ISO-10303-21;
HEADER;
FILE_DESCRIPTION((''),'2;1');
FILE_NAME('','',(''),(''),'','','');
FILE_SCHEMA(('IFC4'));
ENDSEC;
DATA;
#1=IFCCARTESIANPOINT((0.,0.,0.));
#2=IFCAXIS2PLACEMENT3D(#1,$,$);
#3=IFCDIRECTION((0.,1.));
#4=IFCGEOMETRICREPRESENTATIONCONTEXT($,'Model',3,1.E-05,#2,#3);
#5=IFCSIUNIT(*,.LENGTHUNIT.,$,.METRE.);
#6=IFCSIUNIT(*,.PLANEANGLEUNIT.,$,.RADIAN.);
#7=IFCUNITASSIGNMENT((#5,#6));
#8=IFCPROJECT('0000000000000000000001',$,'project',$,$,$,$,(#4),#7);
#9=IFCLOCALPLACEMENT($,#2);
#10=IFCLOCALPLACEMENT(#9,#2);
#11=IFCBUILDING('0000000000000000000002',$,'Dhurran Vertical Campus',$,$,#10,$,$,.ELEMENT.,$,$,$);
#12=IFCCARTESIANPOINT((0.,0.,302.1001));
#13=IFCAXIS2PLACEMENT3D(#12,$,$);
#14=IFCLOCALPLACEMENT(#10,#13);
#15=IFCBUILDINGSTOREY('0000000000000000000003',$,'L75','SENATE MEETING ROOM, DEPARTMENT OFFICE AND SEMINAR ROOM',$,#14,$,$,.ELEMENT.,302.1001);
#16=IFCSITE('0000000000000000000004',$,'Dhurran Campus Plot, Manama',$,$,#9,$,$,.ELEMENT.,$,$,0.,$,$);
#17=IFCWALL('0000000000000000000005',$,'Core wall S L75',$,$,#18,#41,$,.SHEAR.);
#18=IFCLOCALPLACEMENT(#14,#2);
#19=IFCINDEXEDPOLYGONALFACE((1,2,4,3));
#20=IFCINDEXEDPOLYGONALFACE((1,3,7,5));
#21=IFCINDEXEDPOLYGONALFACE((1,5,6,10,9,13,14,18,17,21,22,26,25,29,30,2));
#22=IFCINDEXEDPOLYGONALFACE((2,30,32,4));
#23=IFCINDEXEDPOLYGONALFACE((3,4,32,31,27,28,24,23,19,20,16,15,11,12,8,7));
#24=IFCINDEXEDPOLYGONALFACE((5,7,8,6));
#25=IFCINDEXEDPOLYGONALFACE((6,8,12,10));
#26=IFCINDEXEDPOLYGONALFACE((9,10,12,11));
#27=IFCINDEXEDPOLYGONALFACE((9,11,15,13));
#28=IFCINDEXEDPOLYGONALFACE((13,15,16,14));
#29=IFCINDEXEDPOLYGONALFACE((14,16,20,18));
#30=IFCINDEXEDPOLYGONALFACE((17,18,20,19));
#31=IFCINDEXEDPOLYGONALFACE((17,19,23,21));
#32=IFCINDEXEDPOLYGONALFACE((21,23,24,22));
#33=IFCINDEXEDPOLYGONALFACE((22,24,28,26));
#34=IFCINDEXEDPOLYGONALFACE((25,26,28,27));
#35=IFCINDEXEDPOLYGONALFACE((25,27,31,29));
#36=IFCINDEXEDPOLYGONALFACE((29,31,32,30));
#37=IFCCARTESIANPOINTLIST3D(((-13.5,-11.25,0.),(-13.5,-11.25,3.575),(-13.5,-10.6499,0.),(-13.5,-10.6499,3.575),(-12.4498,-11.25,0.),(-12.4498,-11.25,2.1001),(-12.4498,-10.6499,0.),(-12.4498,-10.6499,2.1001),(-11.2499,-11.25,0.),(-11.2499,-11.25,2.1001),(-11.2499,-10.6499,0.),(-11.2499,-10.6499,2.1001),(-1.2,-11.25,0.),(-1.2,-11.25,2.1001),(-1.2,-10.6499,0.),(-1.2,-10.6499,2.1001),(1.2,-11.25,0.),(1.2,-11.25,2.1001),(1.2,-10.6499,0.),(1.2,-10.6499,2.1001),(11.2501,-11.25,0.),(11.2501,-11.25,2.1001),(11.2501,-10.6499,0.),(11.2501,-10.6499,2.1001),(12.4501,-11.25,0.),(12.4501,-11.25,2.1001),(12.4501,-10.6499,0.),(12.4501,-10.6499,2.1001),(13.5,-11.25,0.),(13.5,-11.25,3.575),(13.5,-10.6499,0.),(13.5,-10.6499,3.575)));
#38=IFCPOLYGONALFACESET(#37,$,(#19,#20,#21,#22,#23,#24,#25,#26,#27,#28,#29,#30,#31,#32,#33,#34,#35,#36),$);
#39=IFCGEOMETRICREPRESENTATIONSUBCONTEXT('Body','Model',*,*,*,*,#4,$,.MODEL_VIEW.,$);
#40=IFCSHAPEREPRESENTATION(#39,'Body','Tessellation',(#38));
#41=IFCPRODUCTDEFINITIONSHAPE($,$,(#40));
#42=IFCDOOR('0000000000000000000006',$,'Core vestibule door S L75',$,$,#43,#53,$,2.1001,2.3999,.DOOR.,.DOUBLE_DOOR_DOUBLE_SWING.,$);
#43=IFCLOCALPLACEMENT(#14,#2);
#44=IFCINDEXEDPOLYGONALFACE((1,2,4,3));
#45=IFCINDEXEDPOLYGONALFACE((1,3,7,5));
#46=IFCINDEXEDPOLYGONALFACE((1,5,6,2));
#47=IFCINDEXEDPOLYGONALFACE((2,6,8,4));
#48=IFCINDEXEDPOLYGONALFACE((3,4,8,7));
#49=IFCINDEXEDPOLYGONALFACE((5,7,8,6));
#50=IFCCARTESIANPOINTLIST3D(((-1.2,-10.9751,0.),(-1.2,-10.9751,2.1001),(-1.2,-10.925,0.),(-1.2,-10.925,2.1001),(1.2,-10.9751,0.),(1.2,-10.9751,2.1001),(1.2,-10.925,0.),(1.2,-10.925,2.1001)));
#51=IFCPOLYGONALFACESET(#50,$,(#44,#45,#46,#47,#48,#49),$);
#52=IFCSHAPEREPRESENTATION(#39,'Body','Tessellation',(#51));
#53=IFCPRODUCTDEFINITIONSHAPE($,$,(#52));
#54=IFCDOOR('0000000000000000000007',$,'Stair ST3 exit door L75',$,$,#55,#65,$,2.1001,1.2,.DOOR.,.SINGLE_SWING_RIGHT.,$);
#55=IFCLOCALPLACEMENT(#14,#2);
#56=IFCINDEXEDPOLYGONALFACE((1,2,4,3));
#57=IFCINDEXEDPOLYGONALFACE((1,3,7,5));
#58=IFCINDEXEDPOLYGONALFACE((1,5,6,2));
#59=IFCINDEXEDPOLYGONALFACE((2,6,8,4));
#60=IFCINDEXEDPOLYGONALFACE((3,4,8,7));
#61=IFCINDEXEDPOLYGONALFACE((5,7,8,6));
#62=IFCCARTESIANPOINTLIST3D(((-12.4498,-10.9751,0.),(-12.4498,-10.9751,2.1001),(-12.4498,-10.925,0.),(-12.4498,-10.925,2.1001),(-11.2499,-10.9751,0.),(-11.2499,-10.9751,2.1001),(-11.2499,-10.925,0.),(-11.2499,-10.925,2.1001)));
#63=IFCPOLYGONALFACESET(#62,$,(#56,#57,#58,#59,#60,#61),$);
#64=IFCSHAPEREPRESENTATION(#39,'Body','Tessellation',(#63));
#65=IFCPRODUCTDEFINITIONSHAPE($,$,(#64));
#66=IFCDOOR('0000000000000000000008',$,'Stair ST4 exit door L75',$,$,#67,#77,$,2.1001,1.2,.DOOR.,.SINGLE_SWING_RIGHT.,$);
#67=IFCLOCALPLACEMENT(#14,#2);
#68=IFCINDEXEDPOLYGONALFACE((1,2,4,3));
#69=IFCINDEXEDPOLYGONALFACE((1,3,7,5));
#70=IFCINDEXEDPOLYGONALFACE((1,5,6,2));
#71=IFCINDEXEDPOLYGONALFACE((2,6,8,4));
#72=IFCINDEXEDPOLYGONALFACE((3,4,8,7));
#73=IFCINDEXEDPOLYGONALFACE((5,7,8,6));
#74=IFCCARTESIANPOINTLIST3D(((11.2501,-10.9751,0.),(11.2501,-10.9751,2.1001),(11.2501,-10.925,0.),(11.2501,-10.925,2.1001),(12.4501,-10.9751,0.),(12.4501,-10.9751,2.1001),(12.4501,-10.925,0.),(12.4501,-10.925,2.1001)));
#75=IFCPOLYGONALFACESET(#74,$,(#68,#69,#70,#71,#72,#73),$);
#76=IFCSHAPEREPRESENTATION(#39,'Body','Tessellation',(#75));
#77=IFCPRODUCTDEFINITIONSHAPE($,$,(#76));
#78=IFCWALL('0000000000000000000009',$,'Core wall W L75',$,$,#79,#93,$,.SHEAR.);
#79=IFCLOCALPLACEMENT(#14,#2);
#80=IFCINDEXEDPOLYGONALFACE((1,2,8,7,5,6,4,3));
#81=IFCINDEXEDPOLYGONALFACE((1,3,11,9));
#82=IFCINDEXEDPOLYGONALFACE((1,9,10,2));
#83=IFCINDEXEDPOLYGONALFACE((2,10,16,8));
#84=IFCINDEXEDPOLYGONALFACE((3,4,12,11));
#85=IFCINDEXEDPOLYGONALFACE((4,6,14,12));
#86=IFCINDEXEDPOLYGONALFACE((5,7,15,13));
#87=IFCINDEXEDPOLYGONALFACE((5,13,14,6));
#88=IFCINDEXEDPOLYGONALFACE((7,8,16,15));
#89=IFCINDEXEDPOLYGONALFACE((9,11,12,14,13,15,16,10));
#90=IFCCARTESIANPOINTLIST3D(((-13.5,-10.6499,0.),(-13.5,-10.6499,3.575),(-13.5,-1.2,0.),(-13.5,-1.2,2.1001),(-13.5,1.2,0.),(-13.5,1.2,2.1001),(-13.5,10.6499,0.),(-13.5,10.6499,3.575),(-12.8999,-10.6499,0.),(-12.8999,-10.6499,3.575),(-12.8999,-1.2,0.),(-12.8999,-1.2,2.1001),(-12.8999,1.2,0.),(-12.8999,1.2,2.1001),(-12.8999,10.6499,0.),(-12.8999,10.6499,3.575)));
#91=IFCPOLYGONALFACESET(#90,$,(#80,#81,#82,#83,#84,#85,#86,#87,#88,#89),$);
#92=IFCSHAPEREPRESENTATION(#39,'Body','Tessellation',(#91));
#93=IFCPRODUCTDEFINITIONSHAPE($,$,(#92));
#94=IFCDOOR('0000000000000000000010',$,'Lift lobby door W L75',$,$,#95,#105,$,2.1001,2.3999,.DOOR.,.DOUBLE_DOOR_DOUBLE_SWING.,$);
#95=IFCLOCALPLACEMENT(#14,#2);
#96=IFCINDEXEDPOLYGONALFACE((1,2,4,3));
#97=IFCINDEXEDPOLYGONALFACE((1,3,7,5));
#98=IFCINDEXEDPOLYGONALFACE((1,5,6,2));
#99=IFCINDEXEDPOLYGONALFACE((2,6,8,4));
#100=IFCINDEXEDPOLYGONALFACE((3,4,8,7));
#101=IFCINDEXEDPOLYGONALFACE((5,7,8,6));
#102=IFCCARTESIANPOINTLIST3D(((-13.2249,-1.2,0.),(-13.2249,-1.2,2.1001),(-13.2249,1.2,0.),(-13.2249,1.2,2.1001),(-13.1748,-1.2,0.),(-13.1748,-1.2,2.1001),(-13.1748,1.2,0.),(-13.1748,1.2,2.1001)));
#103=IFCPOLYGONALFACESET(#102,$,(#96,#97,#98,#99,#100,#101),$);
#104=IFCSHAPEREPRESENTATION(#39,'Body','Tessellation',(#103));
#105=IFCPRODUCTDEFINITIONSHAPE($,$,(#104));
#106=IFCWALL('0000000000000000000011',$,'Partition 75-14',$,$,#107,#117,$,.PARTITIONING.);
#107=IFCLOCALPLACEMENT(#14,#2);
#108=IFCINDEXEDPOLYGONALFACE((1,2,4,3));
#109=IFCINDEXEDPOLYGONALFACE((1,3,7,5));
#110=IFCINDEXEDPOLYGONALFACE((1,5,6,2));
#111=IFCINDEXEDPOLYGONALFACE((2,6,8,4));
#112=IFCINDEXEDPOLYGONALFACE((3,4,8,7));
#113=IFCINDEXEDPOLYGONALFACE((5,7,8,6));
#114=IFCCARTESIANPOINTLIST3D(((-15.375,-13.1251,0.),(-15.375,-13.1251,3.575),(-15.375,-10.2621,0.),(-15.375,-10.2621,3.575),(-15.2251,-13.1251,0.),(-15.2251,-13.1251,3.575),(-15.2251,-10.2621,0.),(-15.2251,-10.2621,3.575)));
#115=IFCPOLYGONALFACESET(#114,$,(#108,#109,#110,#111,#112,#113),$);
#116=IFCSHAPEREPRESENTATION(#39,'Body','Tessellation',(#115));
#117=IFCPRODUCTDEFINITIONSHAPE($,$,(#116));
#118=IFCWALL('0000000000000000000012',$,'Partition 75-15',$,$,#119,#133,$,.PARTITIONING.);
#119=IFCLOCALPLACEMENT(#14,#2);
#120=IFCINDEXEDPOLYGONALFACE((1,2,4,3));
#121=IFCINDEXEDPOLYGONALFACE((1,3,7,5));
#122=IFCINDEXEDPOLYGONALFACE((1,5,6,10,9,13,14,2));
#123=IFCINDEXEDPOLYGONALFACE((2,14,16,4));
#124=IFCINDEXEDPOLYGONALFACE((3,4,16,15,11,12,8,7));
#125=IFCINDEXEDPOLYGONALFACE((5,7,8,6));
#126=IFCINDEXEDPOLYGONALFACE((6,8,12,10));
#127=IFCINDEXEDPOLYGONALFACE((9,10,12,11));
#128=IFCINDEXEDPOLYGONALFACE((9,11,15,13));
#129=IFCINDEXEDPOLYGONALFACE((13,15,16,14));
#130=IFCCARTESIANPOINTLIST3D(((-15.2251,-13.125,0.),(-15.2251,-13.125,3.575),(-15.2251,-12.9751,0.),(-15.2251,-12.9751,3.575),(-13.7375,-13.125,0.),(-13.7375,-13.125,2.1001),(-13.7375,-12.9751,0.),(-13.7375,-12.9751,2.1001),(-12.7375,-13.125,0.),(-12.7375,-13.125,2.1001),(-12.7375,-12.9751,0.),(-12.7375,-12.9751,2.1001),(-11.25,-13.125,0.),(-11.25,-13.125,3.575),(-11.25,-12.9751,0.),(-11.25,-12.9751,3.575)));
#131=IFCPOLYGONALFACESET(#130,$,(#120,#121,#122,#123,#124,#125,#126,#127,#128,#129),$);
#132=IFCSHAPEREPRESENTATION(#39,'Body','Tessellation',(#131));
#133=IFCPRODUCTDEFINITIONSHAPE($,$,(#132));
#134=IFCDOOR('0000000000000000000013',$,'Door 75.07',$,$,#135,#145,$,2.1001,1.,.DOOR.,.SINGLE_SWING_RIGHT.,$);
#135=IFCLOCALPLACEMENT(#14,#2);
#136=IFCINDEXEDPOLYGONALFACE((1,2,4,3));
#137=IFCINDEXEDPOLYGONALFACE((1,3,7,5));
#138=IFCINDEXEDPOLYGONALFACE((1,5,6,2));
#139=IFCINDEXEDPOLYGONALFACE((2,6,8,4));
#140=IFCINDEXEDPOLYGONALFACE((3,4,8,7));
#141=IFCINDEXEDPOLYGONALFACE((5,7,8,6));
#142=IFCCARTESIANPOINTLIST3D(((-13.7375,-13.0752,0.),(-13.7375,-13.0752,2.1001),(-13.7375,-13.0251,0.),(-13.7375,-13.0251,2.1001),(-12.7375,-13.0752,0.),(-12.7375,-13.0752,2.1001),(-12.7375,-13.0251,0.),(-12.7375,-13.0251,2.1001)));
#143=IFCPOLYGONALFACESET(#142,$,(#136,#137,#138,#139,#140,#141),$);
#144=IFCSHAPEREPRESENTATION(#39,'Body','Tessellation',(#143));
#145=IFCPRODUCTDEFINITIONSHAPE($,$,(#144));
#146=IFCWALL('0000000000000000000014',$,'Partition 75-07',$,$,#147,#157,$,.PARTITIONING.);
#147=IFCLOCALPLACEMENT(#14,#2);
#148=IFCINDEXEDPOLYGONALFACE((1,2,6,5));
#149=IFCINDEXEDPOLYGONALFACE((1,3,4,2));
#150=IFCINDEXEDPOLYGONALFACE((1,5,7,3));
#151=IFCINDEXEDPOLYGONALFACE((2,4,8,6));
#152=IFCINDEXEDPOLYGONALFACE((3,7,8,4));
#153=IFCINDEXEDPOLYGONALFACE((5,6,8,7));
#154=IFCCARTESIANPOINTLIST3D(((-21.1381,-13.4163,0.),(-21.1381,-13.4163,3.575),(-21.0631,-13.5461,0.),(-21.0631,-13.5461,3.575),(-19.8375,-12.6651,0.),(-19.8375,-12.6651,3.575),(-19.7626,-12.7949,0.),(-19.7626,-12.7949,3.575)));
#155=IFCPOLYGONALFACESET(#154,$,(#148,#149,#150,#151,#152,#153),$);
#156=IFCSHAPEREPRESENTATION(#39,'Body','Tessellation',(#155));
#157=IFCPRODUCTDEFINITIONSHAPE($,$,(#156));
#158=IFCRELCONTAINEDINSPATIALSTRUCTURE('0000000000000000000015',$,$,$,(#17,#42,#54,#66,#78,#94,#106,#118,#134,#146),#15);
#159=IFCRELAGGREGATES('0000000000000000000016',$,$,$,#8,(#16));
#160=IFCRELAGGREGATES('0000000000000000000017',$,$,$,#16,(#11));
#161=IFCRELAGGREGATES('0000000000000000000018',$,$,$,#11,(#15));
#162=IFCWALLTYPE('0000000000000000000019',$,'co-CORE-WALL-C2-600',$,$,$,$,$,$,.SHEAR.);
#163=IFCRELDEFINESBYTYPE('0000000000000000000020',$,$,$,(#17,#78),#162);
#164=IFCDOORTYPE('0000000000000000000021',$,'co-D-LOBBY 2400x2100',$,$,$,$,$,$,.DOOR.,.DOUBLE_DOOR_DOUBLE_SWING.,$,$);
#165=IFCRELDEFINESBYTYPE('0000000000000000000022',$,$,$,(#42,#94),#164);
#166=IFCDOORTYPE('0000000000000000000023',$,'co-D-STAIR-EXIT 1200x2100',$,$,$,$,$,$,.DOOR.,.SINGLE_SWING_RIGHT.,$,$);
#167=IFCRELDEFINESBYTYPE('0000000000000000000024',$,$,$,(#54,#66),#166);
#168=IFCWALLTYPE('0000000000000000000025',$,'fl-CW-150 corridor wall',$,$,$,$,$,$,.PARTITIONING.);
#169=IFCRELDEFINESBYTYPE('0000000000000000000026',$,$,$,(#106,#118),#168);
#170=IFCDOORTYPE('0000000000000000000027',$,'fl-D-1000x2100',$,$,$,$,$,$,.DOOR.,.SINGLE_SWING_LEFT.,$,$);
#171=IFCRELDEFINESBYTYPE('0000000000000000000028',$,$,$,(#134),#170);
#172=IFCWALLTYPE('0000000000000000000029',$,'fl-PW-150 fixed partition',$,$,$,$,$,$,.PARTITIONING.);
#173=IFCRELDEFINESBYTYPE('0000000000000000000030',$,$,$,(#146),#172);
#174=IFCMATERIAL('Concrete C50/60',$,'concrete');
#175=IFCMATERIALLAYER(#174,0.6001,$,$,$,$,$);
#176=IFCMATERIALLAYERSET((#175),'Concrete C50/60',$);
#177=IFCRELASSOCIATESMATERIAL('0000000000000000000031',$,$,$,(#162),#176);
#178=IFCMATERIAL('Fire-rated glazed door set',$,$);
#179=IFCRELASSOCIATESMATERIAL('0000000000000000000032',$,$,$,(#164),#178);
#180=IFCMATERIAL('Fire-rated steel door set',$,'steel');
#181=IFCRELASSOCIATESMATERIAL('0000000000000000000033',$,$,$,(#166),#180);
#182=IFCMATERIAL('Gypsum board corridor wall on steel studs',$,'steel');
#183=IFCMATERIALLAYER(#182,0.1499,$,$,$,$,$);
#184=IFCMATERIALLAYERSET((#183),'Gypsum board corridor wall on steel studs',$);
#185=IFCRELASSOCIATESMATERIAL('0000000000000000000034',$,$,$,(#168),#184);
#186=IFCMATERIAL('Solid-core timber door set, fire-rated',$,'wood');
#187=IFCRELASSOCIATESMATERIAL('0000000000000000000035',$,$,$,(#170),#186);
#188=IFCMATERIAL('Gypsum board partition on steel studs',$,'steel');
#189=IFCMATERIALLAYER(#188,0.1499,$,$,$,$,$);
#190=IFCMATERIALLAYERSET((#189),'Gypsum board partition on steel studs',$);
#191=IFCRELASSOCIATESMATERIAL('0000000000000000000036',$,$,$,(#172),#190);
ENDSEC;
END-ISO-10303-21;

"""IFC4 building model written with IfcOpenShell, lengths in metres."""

from ifc_helpers import new_model, si_unit, direction, frame, frame_2d, origin, place, context, subcontext, project, spatial, rectangle, extrude, material, layer, layer_set, type_object, element, fill, save


model = new_model("IFC4")

# Units and contexts
model_context = context("Model", 3, precision=1e-05, world=origin(), true_north=direction((0.0, 1.0)))
body_context = subcontext(model_context, "Body", "Model", "MODEL_VIEW")
ifc_project = project(units=[si_unit("LENGTHUNIT", "METRE"), si_unit("PLANEANGLEUNIT", "RADIAN")], contexts=[model_context])

# Site, building, storey
site_placement = place(None, origin())
site = spatial("IfcSite", under=ifc_project, at=site_placement, Name="Dhurran Campus Plot, Manama", CompositionType="ELEMENT", RefElevation=0.0)
building_placement = place(site_placement, origin())
building = spatial("IfcBuilding", under=site, at=building_placement, Name="Dhurran Vertical Campus", CompositionType="ELEMENT")
storey_placement = place(building_placement, frame((0.0, 0.0, 302.1001)))
storey = spatial("IfcBuildingStorey", under=building, at=storey_placement, Name="L75", Description="SENATE MEETING ROOM, DEPARTMENT OFFICE AND SEMINAR ROOM", CompositionType="ELEMENT", Elevation=302.1001)

# Wall, openings, doors
ifc_material_1 = material(Name="Concrete C50/60", Category="concrete")
ifc_layer_1 = layer(ifc_material_1, 0.6001)
ifc_layer_set_1 = layer_set([ifc_layer_1], Name="Concrete C50/60")
wall_type_1 = type_object("IfcWallType", Name="co-CORE-WALL-C2-600", PredefinedType="SHEAR", material=ifc_layer_set_1)
wall_1_placement = place(storey_placement, frame((-13.5, -10.95, 0.0), z_axis=(0.0, 0.0, 1.0), x_axis=(1.0, 0.0, 0.0)))
wall_1 = element("IfcWall", 1, at=wall_1_placement, inside=storey, type_object=wall_type_1, Name="Core wall S L75", PredefinedType="SHEAR", context=body_context, shape_type="SweptSolid", body=[
    extrude(rectangle(XDim=27.0, YDim=0.6001, at=frame_2d((13.5, 0.0))), origin(), (0.0, 0.0, 1.0), 3.575),
])
opening_1_placement = place(wall_1_placement, frame((12.3, 0.0, 0.0)))
opening_1 = element("IfcOpeningElement", 2, at=opening_1_placement, cuts=wall_1, PredefinedType="OPENING", context=body_context, shape_type="SweptSolid", body=[
    extrude(rectangle(XDim=2.3999, YDim=2.1001, at=frame_2d((1.2, 1.05))), frame((0.0, 0.3101, 0.0), z_axis=(0.0, -1.0, 0.0), x_axis=(1.0, 0.0, 0.0)), (0.0, 0.0, 1.0), 0.6201),
])
opening_2_placement = place(wall_1_placement, frame((1.05, 0.0, 0.0)))
opening_2 = element("IfcOpeningElement", 3, at=opening_2_placement, cuts=wall_1, PredefinedType="OPENING", context=body_context, shape_type="SweptSolid", body=[
    extrude(rectangle(XDim=1.2, YDim=2.1001, at=frame_2d((0.6001, 1.05))), frame((0.0, 0.3101, 0.0), z_axis=(0.0, -1.0, 0.0), x_axis=(1.0, 0.0, 0.0)), (0.0, 0.0, 1.0), 0.6201),
])
opening_3_placement = place(wall_1_placement, frame((24.75, 0.0, 0.0)))
opening_3 = element("IfcOpeningElement", 4, at=opening_3_placement, cuts=wall_1, PredefinedType="OPENING", context=body_context, shape_type="SweptSolid", body=[
    extrude(rectangle(XDim=1.2, YDim=2.1001, at=frame_2d((0.6001, 1.05))), frame((0.0, 0.3101, 0.0), z_axis=(0.0, -1.0, 0.0), x_axis=(1.0, 0.0, 0.0)), (0.0, 0.0, 1.0), 0.6201),
])
ifc_material_2 = material(Name="Fire-rated glazed door set")
door_type_1 = type_object("IfcDoorType", Name="co-D-LOBBY 2400x2100", OperationType="DOUBLE_DOOR_DOUBLE_SWING", PredefinedType="DOOR", material=ifc_material_2)
door_1_placement = place(opening_1_placement, origin())
door_1 = element("IfcDoor", 5, at=door_1_placement, inside=storey, type_object=door_type_1, Name="Core vestibule door S L75", OperationType="DOUBLE_DOOR_DOUBLE_SWING", OverallHeight=2.1001, OverallWidth=2.3999, PredefinedType="DOOR", context=body_context, shape_type="SweptSolid", body=[
    extrude(rectangle(XDim=2.3999, YDim=2.1001, at=frame_2d((1.2, 1.05))), frame((0.0, 0.0249, 0.0), z_axis=(0.0, -1.0, 0.0), x_axis=(1.0, 0.0, 0.0)), (0.0, 0.0, 1.0), 0.05),
])
fill(opening_1, door_1)
ifc_material_3 = material(Name="Fire-rated steel door set", Category="steel")
door_type_2 = type_object("IfcDoorType", Name="co-D-STAIR-EXIT 1200x2100", OperationType="SINGLE_SWING_RIGHT", PredefinedType="DOOR", material=ifc_material_3)
door_2_placement = place(opening_2_placement, origin())
door_2 = element("IfcDoor", 6, at=door_2_placement, inside=storey, type_object=door_type_2, Name="Stair ST3 exit door L75", OperationType="SINGLE_SWING_RIGHT", OverallHeight=2.1001, OverallWidth=1.2, PredefinedType="DOOR", context=body_context, shape_type="SweptSolid", body=[
    extrude(rectangle(XDim=1.2, YDim=2.1001, at=frame_2d((0.6001, 1.05))), frame((0.0, 0.0249, 0.0), z_axis=(0.0, -1.0, 0.0), x_axis=(1.0, 0.0, 0.0)), (0.0, 0.0, 1.0), 0.05),
])
fill(opening_2, door_2)
door_3_placement = place(opening_3_placement, origin())
door_3 = element("IfcDoor", 7, at=door_3_placement, inside=storey, type_object=door_type_2, Name="Stair ST4 exit door L75", OperationType="SINGLE_SWING_RIGHT", OverallHeight=2.1001, OverallWidth=1.2, PredefinedType="DOOR", context=body_context, shape_type="SweptSolid", body=[
    extrude(rectangle(XDim=1.2, YDim=2.1001, at=frame_2d((0.6001, 1.05))), frame((0.0, 0.0249, 0.0), z_axis=(0.0, -1.0, 0.0), x_axis=(1.0, 0.0, 0.0)), (0.0, 0.0, 1.0), 0.05),
])
fill(opening_3, door_3)

# Wall, opening, door
wall_2_placement = place(storey_placement, frame((-13.2, -10.6499, 0.0), z_axis=(0.0, 0.0, 1.0), x_axis=(0.0, 1.0, 0.0)))
wall_2 = element("IfcWall", 8, at=wall_2_placement, inside=storey, type_object=wall_type_1, Name="Core wall W L75", PredefinedType="SHEAR", context=body_context, shape_type="SweptSolid", body=[
    extrude(rectangle(XDim=21.2998, YDim=0.6001, at=frame_2d((10.6499, 0.0))), origin(), (0.0, 0.0, 1.0), 3.575),
])
opening_4_placement = place(wall_2_placement, frame((9.45, 0.0, 0.0)))
opening_4 = element("IfcOpeningElement", 9, at=opening_4_placement, cuts=wall_2, PredefinedType="OPENING", context=body_context, shape_type="SweptSolid", body=[
    extrude(rectangle(XDim=2.3999, YDim=2.1001, at=frame_2d((1.2, 1.05))), frame((0.0, 0.3101, 0.0), z_axis=(0.0, -1.0, 0.0), x_axis=(1.0, 0.0, 0.0)), (0.0, 0.0, 1.0), 0.6201),
])
door_4_placement = place(opening_4_placement, origin())
door_4 = element("IfcDoor", 10, at=door_4_placement, inside=storey, type_object=door_type_1, Name="Lift lobby door W L75", OperationType="DOUBLE_DOOR_DOUBLE_SWING", OverallHeight=2.1001, OverallWidth=2.3999, PredefinedType="DOOR", context=body_context, shape_type="SweptSolid", body=[
    extrude(rectangle(XDim=2.3999, YDim=2.1001, at=frame_2d((1.2, 1.05))), frame((0.0, 0.0249, 0.0), z_axis=(0.0, -1.0, 0.0), x_axis=(1.0, 0.0, 0.0)), (0.0, 0.0, 1.0), 0.05),
])
fill(opening_4, door_4)

# Wall
ifc_material_4 = material(Name="Gypsum board corridor wall on steel studs", Category="steel")
ifc_layer_2 = layer(ifc_material_4, 0.1499)
ifc_layer_set_2 = layer_set([ifc_layer_2], Name="Gypsum board corridor wall on steel studs")
wall_type_2 = type_object("IfcWallType", Name="fl-CW-150 corridor wall", PredefinedType="PARTITIONING", material=ifc_layer_set_2)
wall_3_placement = place(storey_placement, frame((-15.3, -10.262, 0.0), z_axis=(0.0, 0.0, 1.0), x_axis=(0.0, -1.0, 0.0)))
element("IfcWall", 11, at=wall_3_placement, inside=storey, type_object=wall_type_2, Name="Partition 75-14", PredefinedType="PARTITIONING", context=body_context, shape_type="SweptSolid", body=[
    extrude(rectangle(XDim=2.863, YDim=0.1499, at=frame_2d((1.4316, 0.0))), origin(), (0.0, 0.0, 1.0), 3.575),
])

# Wall, opening, door
wall_4_placement = place(storey_placement, frame((-15.2251, -13.05, 0.0), z_axis=(0.0, 0.0, 1.0), x_axis=(1.0, 0.0, 0.0)))
wall_4 = element("IfcWall", 12, at=wall_4_placement, inside=storey, type_object=wall_type_2, Name="Partition 75-15", PredefinedType="PARTITIONING", context=body_context, shape_type="SweptSolid", body=[
    extrude(rectangle(XDim=3.9751, YDim=0.1499, at=frame_2d((1.9875, 0.0))), origin(), (0.0, 0.0, 1.0), 3.575),
])
opening_5_placement = place(wall_4_placement, frame((1.4875, 0.0, 0.0)))
opening_5 = element("IfcOpeningElement", 13, at=opening_5_placement, cuts=wall_4, PredefinedType="OPENING", context=body_context, shape_type="SweptSolid", body=[
    extrude(rectangle(XDim=1.0, YDim=2.1001, at=frame_2d((0.5, 1.05))), frame((0.0, 0.085, 0.0), z_axis=(0.0, -1.0, 0.0), x_axis=(1.0, 0.0, 0.0)), (0.0, 0.0, 1.0), 0.1699),
])
ifc_material_5 = material(Name="Solid-core timber door set, fire-rated", Category="wood")
door_type_3 = type_object("IfcDoorType", Name="fl-D-1000x2100", OperationType="SINGLE_SWING_LEFT", PredefinedType="DOOR", material=ifc_material_5)
door_5_placement = place(opening_5_placement, origin())
door_5 = element("IfcDoor", 14, at=door_5_placement, inside=storey, type_object=door_type_3, Name="Door 75.07", OperationType="SINGLE_SWING_RIGHT", OverallHeight=2.1001, OverallWidth=1.0, PredefinedType="DOOR", context=body_context, shape_type="SweptSolid", body=[
    extrude(rectangle(XDim=1.0, YDim=2.1001, at=frame_2d((0.5, 1.05))), frame((0.0, 0.0249, 0.0), z_axis=(0.0, -1.0, 0.0), x_axis=(1.0, 0.0, 0.0)), (0.0, 0.0, 1.0), 0.05),
])
fill(opening_5, door_5)

# Wall
ifc_material_6 = material(Name="Gypsum board partition on steel studs", Category="steel")
ifc_layer_3 = layer(ifc_material_6, 0.1499)
ifc_layer_set_3 = layer_set([ifc_layer_3], Name="Gypsum board partition on steel studs")
wall_type_3 = type_object("IfcWallType", Name="fl-PW-150 fixed partition", PredefinedType="PARTITIONING", material=ifc_layer_set_3)
wall_5_placement = place(storey_placement, frame((-19.8, -12.73, 0.0), z_axis=(0.0, 0.0, 1.0), x_axis=(-0.865923, -0.500177, 0.0)))
element("IfcWall", 15, at=wall_5_placement, inside=storey, type_object=wall_type_3, Name="Partition 75-07", PredefinedType="PARTITIONING", context=body_context, shape_type="SweptSolid", body=[
    extrude(rectangle(XDim=1.502, YDim=0.1499, at=frame_2d((0.751, 0.0))), origin(), (0.0, 0.0, 1.0), 3.575),
])

save(model, "model.ifc")
